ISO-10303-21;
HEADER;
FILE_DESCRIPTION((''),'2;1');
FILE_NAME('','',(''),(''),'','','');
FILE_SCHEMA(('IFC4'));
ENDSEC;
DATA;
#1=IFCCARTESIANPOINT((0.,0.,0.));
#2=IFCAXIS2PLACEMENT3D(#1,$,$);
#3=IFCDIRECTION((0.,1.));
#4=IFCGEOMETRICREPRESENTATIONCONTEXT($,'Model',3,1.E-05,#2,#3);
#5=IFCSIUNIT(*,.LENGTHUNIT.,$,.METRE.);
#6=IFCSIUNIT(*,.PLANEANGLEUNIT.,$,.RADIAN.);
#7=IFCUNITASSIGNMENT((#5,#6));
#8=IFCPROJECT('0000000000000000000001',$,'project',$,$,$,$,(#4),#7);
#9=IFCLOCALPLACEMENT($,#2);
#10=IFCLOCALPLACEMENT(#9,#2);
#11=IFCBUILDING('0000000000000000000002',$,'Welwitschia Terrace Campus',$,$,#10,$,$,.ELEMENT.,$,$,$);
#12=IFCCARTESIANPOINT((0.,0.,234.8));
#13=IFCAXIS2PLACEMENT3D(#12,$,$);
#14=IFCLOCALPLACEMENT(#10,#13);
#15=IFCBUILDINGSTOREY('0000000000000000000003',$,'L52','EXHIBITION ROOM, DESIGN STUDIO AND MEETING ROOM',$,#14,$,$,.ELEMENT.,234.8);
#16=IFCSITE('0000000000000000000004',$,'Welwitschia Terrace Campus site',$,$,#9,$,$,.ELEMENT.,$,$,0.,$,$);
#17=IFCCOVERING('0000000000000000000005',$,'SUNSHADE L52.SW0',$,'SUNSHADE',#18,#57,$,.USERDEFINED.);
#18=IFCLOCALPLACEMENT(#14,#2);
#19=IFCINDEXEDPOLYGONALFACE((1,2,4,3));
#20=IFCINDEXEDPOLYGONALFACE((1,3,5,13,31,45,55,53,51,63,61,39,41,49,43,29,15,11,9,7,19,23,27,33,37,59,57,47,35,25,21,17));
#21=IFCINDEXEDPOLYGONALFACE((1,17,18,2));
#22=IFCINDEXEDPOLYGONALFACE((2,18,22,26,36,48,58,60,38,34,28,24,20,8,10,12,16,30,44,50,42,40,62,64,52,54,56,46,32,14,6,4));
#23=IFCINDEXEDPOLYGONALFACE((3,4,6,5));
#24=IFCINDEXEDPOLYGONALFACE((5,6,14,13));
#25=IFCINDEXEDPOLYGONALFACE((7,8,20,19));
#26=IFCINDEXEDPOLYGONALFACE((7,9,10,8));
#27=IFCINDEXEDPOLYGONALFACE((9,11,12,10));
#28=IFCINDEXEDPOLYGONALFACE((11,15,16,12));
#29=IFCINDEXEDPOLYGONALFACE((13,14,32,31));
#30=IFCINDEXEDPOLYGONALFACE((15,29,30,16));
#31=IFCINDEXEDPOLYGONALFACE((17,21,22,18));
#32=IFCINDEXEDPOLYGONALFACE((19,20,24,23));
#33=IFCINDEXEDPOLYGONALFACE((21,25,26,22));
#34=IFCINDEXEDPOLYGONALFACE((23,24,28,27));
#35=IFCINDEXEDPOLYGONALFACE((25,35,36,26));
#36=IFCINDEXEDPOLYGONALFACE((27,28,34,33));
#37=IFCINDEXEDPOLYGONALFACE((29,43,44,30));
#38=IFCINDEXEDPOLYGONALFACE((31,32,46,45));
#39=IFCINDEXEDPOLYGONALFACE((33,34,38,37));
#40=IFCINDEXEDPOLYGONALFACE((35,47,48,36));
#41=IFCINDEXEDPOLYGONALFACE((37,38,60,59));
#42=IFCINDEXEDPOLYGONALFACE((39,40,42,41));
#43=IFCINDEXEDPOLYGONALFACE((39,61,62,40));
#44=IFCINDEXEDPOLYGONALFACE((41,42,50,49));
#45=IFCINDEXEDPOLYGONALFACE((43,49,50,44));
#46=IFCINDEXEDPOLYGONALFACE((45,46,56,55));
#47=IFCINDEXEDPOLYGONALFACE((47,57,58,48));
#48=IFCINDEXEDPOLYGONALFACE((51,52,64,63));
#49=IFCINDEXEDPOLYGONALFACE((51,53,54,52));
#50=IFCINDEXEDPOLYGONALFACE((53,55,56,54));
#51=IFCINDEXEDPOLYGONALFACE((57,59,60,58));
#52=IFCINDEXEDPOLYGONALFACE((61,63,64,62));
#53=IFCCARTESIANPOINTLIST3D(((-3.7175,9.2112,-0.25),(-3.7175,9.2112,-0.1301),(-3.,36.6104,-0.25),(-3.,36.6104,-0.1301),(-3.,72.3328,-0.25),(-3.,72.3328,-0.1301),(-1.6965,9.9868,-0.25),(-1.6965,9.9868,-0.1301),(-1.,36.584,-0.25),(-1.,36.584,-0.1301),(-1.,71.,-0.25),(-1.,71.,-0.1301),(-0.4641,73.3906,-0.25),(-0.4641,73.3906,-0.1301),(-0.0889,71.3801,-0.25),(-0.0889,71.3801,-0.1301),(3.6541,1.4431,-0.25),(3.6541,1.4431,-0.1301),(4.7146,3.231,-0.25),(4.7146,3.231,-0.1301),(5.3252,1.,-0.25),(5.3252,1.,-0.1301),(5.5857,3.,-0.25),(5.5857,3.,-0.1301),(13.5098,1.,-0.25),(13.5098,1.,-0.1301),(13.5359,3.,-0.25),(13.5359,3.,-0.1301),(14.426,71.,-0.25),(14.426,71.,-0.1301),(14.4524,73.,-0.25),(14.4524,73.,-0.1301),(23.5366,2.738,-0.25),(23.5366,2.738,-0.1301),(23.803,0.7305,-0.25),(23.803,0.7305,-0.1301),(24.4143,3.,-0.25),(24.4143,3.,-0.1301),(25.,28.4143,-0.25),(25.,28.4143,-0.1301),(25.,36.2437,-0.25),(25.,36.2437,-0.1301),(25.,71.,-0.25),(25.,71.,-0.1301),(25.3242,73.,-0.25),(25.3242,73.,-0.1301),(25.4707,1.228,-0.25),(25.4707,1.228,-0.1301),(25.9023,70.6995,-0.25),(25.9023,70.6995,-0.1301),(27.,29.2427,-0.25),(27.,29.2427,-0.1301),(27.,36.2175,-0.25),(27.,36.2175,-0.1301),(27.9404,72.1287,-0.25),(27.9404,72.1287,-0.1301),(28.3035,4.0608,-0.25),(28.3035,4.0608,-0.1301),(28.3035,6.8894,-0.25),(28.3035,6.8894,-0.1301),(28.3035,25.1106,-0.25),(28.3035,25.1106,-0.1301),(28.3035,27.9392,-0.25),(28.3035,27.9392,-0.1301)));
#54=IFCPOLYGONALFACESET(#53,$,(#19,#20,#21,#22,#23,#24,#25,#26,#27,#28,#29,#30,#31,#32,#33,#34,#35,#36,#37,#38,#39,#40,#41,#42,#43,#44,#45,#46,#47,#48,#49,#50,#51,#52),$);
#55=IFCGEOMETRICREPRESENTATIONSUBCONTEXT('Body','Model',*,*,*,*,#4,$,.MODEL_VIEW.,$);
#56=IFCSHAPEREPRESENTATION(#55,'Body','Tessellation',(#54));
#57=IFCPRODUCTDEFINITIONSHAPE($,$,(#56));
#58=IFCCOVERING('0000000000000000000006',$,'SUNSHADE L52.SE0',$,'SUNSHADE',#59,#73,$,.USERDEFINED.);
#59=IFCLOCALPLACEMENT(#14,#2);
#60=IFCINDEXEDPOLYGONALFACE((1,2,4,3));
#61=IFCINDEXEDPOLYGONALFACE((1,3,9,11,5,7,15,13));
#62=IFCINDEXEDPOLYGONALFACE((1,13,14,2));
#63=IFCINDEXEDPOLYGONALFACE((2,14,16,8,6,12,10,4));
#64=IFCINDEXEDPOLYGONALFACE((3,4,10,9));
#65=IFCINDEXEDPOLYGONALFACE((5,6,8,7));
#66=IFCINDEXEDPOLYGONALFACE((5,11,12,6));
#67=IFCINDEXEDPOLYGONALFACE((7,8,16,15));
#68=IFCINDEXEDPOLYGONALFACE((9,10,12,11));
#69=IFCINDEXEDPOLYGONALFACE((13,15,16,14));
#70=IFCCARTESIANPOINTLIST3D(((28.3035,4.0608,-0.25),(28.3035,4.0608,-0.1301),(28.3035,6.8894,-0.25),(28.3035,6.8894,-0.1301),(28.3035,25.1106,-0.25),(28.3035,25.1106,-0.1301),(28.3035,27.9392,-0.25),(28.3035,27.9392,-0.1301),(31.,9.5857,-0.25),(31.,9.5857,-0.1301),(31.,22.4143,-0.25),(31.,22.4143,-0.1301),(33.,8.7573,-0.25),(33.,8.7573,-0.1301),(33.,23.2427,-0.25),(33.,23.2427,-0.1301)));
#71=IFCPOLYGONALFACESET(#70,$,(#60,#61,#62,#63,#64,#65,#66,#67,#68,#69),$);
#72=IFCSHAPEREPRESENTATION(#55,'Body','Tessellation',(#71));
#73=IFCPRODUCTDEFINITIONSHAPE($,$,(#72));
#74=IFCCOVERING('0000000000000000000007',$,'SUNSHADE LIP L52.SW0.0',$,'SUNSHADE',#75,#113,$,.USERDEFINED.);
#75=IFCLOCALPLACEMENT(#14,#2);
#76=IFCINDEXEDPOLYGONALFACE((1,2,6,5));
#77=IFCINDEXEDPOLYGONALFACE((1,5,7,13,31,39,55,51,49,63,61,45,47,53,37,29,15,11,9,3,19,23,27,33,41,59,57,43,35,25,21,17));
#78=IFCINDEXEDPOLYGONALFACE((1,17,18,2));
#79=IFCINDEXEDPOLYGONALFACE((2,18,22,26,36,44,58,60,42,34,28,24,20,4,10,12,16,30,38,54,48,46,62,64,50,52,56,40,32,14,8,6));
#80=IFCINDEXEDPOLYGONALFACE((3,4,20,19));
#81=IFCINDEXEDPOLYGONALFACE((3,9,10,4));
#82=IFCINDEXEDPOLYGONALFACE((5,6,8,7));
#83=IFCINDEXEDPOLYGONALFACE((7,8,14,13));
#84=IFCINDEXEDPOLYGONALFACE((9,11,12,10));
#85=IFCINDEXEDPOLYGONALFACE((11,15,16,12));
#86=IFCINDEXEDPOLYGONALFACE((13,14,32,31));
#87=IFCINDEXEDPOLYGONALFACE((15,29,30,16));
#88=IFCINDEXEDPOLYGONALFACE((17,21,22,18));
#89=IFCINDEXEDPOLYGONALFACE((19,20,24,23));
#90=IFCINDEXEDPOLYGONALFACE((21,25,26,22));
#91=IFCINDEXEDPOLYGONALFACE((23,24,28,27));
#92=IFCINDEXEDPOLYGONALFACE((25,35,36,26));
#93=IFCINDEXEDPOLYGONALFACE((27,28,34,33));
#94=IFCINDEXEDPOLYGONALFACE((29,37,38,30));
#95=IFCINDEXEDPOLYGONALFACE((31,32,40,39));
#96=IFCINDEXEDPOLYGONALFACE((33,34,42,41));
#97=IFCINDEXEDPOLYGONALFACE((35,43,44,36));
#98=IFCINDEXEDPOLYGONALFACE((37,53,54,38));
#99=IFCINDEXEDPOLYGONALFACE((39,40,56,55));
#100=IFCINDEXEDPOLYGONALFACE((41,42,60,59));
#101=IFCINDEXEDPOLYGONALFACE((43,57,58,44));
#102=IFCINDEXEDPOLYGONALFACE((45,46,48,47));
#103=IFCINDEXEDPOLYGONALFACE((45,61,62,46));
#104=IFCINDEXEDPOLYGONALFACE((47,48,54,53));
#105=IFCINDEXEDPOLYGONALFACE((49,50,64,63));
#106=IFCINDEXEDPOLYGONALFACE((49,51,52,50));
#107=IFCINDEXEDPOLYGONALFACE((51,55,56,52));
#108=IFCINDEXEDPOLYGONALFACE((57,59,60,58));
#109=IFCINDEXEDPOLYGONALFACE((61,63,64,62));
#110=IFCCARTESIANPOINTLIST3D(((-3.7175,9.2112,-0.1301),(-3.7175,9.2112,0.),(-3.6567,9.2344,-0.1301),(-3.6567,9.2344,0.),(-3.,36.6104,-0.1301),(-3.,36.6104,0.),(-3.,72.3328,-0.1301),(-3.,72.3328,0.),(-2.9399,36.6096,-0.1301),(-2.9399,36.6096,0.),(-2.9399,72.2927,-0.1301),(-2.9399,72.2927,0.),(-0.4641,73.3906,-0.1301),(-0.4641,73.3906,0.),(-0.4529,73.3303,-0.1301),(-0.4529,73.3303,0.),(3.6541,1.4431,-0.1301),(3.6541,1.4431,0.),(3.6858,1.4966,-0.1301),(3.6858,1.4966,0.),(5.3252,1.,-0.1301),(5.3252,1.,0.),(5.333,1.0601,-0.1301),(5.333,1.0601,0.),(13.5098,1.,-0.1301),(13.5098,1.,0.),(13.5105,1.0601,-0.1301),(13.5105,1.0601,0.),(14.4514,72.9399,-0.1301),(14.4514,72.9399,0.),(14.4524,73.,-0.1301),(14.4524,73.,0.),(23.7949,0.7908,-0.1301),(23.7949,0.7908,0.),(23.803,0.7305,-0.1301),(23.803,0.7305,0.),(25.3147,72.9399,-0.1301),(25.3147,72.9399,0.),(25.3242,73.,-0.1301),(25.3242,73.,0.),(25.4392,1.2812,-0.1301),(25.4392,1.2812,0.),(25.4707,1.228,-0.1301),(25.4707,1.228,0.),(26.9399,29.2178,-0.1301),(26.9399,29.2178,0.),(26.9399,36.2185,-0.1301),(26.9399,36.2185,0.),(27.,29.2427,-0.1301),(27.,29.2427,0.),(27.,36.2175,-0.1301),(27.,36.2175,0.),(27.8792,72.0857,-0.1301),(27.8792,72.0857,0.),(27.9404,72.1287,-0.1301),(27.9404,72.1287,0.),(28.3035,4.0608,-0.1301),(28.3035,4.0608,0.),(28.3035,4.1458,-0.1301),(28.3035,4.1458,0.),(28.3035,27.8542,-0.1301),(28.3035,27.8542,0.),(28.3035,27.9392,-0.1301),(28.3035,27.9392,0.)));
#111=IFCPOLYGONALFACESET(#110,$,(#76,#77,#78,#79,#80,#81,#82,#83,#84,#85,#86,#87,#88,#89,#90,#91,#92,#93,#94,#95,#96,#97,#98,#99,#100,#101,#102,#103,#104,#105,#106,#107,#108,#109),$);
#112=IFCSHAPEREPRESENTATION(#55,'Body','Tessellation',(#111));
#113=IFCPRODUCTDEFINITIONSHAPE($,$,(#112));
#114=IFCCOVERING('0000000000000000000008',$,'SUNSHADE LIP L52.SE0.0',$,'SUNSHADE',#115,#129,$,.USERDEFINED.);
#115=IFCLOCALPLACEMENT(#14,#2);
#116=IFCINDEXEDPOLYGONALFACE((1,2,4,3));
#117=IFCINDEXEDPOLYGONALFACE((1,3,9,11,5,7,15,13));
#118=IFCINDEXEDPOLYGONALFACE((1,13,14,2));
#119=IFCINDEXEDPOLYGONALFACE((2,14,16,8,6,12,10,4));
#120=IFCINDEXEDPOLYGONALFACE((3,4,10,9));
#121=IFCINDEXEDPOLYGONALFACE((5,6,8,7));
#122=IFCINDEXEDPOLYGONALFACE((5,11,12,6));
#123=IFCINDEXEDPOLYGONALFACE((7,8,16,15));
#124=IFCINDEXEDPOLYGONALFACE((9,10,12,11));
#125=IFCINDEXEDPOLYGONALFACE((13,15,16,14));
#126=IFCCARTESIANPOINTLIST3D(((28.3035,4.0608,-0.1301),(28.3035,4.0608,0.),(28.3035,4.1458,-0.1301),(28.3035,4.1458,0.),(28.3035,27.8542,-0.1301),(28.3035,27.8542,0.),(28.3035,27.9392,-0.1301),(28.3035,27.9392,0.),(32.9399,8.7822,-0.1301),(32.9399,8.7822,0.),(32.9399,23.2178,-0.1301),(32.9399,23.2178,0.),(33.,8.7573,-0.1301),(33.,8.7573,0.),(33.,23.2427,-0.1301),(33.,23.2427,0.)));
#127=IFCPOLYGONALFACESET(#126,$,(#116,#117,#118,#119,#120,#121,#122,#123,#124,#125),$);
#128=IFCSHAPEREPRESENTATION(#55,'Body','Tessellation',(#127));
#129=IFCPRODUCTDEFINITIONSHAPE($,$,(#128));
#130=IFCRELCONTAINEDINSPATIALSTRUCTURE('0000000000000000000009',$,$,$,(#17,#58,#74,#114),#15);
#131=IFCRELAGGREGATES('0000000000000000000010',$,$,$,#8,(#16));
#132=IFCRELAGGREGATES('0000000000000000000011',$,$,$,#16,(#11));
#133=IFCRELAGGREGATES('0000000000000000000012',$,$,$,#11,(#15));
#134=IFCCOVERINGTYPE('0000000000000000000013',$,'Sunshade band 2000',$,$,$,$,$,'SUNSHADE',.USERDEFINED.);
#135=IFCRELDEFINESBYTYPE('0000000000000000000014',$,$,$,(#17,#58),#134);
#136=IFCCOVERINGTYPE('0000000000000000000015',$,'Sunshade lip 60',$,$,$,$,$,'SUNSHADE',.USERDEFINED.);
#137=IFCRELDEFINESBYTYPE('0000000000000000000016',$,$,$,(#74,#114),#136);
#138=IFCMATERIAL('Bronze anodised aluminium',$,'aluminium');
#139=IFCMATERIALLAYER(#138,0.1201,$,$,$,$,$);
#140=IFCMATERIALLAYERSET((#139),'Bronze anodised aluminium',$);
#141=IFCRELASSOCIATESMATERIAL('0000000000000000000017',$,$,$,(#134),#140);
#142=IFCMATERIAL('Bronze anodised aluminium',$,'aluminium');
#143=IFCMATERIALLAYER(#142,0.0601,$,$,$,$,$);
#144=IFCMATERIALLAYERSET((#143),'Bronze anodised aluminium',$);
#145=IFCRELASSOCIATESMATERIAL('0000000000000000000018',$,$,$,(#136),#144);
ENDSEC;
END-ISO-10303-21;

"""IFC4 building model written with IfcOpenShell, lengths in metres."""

from ifc_helpers import new_model, si_unit, direction, frame, origin, place, context, subcontext, project, spatial, polyline, outline, extrude, material, layer, layer_set, type_object, element, save


model = new_model("IFC4")

# Units and contexts
model_context = context("Model", 3, precision=1e-05, world=origin(), true_north=direction((0.0, 1.0)))
body_context = subcontext(model_context, "Body", "Model", "MODEL_VIEW")
ifc_project = project(units=[si_unit("LENGTHUNIT", "METRE"), si_unit("PLANEANGLEUNIT", "RADIAN")], contexts=[model_context])

# Site, building, storey
site_placement = place(None, origin())
site = spatial("IfcSite", under=ifc_project, at=site_placement, Name="Welwitschia Terrace Campus site", CompositionType="ELEMENT", RefElevation=0.0)
building_placement = place(site_placement, origin())
building = spatial("IfcBuilding", under=site, at=building_placement, Name="Welwitschia Terrace Campus", CompositionType="ELEMENT")
storey_placement = place(building_placement, frame((0.0, 0.0, 234.8)))
storey = spatial("IfcBuildingStorey", under=building, at=storey_placement, Name="L52", Description="EXHIBITION ROOM, DESIGN STUDIO AND MEETING ROOM", CompositionType="ELEMENT", Elevation=234.8)

# Coverings
ifc_material_1 = material(Name="Bronze anodised aluminium", Category="aluminium")
ifc_layer_1 = layer(ifc_material_1, 0.1201)
ifc_layer_set_1 = layer_set([ifc_layer_1], Name="Bronze anodised aluminium")
covering_type_1 = type_object("IfcCoveringType", Name="Sunshade band 2000", ElementType="SUNSHADE", PredefinedType="USERDEFINED", material=ifc_layer_set_1)
covering_1_placement = place(storey_placement, frame((0.0, 0.0, -0.25)))
element("IfcCovering", 1, at=covering_1_placement, inside=storey, type_object=covering_type_1, Name="SUNSHADE L52.SW0", ObjectType="SUNSHADE", PredefinedType="USERDEFINED", context=body_context, shape_type="SweptSolid", body=[
    extrude(outline(polyline([(14.4524, 73.0), (25.3242, 73.0), (27.9404, 72.1287), (27.0, 36.2175), (27.0, 29.2427), (28.3035, 27.9392), (28.3035, 25.1106), (25.0, 28.4143), (25.0, 36.2437), (25.9023, 70.6995), (25.0, 71.0), (14.426, 71.0), (-0.0889, 71.3801), (-1.0, 71.0), (-1.0, 36.584), (-1.6965, 9.9868), (4.7146, 3.231), (5.5857, 3.0), (13.5359, 3.0), (23.5366, 2.738), (24.4143, 3.0), (28.3035, 6.8894), (28.3035, 4.0608), (25.4707, 1.228), (23.803, 0.7305), (13.5098, 1.0), (5.3252, 1.0), (3.6541, 1.4431), (-3.7175, 9.2112), (-3.0, 36.6104), (-3.0, 72.3328), (-0.4641, 73.3906), (14.4524, 73.0)])), origin(), (0.0, 0.0, 1.0), 0.1199),
])
covering_2_placement = place(storey_placement, frame((0.0, 0.0, -0.25)))
element("IfcCovering", 2, at=covering_2_placement, inside=storey, type_object=covering_type_1, Name="SUNSHADE L52.SE0", ObjectType="SUNSHADE", PredefinedType="USERDEFINED", context=body_context, shape_type="SweptSolid", body=[
    extrude(outline(polyline([(33.0, 23.2427), (33.0, 8.7573), (28.3035, 4.0608), (28.3035, 6.8894), (31.0, 9.5857), (31.0, 22.4143), (28.3035, 25.1106), (28.3035, 27.9392), (33.0, 23.2427)])), origin(), (0.0, 0.0, 1.0), 0.1199),
])
ifc_material_2 = material(Name="Bronze anodised aluminium", Category="aluminium")
ifc_layer_2 = layer(ifc_material_2, 0.0601)
ifc_layer_set_2 = layer_set([ifc_layer_2], Name="Bronze anodised aluminium")
covering_type_2 = type_object("IfcCoveringType", Name="Sunshade lip 60", ElementType="SUNSHADE", PredefinedType="USERDEFINED", material=ifc_layer_set_2)
covering_3_placement = place(storey_placement, frame((0.0, 0.0, -0.1301)))
element("IfcCovering", 3, at=covering_3_placement, inside=storey, type_object=covering_type_2, Name="SUNSHADE LIP L52.SW0.0", ObjectType="SUNSHADE", PredefinedType="USERDEFINED", context=body_context, shape_type="SweptSolid", body=[
    extrude(outline(polyline([(25.3242, 73.0), (27.9404, 72.1287), (27.0, 36.2175), (27.0, 29.2427), (28.3035, 27.9392), (28.3035, 27.8542), (26.9399, 29.2178), (26.9399, 36.2185), (27.8792, 72.0857), (25.3147, 72.9399), (14.4514, 72.9399), (-0.4529, 73.3303), (-2.9399, 72.2927), (-2.9399, 36.6096), (-3.6567, 9.2344), (3.6858, 1.4966), (5.333, 1.0601), (13.5105, 1.0601), (23.7949, 0.7908), (25.4392, 1.2812), (28.3035, 4.1458), (28.3035, 4.0608), (25.4707, 1.228), (23.803, 0.7305), (13.5098, 1.0), (5.3252, 1.0), (3.6541, 1.4431), (-3.7175, 9.2112), (-3.0, 36.6104), (-3.0, 72.3328), (-0.4641, 73.3906), (14.4524, 73.0), (25.3242, 73.0)])), origin(), (0.0, 0.0, 1.0), 0.1301),
])
covering_4_placement = place(storey_placement, frame((0.0, 0.0, -0.1301)))
element("IfcCovering", 4, at=covering_4_placement, inside=storey, type_object=covering_type_2, Name="SUNSHADE LIP L52.SE0.0", ObjectType="SUNSHADE", PredefinedType="USERDEFINED", context=body_context, shape_type="SweptSolid", body=[
    extrude(outline(polyline([(33.0, 8.7573), (28.3035, 4.0608), (28.3035, 4.1458), (32.9399, 8.7822), (32.9399, 23.2178), (28.3035, 27.8542), (28.3035, 27.9392), (33.0, 23.2427), (33.0, 8.7573)])), origin(), (0.0, 0.0, 1.0), 0.1301),
])

save(model, "model.ifc")
